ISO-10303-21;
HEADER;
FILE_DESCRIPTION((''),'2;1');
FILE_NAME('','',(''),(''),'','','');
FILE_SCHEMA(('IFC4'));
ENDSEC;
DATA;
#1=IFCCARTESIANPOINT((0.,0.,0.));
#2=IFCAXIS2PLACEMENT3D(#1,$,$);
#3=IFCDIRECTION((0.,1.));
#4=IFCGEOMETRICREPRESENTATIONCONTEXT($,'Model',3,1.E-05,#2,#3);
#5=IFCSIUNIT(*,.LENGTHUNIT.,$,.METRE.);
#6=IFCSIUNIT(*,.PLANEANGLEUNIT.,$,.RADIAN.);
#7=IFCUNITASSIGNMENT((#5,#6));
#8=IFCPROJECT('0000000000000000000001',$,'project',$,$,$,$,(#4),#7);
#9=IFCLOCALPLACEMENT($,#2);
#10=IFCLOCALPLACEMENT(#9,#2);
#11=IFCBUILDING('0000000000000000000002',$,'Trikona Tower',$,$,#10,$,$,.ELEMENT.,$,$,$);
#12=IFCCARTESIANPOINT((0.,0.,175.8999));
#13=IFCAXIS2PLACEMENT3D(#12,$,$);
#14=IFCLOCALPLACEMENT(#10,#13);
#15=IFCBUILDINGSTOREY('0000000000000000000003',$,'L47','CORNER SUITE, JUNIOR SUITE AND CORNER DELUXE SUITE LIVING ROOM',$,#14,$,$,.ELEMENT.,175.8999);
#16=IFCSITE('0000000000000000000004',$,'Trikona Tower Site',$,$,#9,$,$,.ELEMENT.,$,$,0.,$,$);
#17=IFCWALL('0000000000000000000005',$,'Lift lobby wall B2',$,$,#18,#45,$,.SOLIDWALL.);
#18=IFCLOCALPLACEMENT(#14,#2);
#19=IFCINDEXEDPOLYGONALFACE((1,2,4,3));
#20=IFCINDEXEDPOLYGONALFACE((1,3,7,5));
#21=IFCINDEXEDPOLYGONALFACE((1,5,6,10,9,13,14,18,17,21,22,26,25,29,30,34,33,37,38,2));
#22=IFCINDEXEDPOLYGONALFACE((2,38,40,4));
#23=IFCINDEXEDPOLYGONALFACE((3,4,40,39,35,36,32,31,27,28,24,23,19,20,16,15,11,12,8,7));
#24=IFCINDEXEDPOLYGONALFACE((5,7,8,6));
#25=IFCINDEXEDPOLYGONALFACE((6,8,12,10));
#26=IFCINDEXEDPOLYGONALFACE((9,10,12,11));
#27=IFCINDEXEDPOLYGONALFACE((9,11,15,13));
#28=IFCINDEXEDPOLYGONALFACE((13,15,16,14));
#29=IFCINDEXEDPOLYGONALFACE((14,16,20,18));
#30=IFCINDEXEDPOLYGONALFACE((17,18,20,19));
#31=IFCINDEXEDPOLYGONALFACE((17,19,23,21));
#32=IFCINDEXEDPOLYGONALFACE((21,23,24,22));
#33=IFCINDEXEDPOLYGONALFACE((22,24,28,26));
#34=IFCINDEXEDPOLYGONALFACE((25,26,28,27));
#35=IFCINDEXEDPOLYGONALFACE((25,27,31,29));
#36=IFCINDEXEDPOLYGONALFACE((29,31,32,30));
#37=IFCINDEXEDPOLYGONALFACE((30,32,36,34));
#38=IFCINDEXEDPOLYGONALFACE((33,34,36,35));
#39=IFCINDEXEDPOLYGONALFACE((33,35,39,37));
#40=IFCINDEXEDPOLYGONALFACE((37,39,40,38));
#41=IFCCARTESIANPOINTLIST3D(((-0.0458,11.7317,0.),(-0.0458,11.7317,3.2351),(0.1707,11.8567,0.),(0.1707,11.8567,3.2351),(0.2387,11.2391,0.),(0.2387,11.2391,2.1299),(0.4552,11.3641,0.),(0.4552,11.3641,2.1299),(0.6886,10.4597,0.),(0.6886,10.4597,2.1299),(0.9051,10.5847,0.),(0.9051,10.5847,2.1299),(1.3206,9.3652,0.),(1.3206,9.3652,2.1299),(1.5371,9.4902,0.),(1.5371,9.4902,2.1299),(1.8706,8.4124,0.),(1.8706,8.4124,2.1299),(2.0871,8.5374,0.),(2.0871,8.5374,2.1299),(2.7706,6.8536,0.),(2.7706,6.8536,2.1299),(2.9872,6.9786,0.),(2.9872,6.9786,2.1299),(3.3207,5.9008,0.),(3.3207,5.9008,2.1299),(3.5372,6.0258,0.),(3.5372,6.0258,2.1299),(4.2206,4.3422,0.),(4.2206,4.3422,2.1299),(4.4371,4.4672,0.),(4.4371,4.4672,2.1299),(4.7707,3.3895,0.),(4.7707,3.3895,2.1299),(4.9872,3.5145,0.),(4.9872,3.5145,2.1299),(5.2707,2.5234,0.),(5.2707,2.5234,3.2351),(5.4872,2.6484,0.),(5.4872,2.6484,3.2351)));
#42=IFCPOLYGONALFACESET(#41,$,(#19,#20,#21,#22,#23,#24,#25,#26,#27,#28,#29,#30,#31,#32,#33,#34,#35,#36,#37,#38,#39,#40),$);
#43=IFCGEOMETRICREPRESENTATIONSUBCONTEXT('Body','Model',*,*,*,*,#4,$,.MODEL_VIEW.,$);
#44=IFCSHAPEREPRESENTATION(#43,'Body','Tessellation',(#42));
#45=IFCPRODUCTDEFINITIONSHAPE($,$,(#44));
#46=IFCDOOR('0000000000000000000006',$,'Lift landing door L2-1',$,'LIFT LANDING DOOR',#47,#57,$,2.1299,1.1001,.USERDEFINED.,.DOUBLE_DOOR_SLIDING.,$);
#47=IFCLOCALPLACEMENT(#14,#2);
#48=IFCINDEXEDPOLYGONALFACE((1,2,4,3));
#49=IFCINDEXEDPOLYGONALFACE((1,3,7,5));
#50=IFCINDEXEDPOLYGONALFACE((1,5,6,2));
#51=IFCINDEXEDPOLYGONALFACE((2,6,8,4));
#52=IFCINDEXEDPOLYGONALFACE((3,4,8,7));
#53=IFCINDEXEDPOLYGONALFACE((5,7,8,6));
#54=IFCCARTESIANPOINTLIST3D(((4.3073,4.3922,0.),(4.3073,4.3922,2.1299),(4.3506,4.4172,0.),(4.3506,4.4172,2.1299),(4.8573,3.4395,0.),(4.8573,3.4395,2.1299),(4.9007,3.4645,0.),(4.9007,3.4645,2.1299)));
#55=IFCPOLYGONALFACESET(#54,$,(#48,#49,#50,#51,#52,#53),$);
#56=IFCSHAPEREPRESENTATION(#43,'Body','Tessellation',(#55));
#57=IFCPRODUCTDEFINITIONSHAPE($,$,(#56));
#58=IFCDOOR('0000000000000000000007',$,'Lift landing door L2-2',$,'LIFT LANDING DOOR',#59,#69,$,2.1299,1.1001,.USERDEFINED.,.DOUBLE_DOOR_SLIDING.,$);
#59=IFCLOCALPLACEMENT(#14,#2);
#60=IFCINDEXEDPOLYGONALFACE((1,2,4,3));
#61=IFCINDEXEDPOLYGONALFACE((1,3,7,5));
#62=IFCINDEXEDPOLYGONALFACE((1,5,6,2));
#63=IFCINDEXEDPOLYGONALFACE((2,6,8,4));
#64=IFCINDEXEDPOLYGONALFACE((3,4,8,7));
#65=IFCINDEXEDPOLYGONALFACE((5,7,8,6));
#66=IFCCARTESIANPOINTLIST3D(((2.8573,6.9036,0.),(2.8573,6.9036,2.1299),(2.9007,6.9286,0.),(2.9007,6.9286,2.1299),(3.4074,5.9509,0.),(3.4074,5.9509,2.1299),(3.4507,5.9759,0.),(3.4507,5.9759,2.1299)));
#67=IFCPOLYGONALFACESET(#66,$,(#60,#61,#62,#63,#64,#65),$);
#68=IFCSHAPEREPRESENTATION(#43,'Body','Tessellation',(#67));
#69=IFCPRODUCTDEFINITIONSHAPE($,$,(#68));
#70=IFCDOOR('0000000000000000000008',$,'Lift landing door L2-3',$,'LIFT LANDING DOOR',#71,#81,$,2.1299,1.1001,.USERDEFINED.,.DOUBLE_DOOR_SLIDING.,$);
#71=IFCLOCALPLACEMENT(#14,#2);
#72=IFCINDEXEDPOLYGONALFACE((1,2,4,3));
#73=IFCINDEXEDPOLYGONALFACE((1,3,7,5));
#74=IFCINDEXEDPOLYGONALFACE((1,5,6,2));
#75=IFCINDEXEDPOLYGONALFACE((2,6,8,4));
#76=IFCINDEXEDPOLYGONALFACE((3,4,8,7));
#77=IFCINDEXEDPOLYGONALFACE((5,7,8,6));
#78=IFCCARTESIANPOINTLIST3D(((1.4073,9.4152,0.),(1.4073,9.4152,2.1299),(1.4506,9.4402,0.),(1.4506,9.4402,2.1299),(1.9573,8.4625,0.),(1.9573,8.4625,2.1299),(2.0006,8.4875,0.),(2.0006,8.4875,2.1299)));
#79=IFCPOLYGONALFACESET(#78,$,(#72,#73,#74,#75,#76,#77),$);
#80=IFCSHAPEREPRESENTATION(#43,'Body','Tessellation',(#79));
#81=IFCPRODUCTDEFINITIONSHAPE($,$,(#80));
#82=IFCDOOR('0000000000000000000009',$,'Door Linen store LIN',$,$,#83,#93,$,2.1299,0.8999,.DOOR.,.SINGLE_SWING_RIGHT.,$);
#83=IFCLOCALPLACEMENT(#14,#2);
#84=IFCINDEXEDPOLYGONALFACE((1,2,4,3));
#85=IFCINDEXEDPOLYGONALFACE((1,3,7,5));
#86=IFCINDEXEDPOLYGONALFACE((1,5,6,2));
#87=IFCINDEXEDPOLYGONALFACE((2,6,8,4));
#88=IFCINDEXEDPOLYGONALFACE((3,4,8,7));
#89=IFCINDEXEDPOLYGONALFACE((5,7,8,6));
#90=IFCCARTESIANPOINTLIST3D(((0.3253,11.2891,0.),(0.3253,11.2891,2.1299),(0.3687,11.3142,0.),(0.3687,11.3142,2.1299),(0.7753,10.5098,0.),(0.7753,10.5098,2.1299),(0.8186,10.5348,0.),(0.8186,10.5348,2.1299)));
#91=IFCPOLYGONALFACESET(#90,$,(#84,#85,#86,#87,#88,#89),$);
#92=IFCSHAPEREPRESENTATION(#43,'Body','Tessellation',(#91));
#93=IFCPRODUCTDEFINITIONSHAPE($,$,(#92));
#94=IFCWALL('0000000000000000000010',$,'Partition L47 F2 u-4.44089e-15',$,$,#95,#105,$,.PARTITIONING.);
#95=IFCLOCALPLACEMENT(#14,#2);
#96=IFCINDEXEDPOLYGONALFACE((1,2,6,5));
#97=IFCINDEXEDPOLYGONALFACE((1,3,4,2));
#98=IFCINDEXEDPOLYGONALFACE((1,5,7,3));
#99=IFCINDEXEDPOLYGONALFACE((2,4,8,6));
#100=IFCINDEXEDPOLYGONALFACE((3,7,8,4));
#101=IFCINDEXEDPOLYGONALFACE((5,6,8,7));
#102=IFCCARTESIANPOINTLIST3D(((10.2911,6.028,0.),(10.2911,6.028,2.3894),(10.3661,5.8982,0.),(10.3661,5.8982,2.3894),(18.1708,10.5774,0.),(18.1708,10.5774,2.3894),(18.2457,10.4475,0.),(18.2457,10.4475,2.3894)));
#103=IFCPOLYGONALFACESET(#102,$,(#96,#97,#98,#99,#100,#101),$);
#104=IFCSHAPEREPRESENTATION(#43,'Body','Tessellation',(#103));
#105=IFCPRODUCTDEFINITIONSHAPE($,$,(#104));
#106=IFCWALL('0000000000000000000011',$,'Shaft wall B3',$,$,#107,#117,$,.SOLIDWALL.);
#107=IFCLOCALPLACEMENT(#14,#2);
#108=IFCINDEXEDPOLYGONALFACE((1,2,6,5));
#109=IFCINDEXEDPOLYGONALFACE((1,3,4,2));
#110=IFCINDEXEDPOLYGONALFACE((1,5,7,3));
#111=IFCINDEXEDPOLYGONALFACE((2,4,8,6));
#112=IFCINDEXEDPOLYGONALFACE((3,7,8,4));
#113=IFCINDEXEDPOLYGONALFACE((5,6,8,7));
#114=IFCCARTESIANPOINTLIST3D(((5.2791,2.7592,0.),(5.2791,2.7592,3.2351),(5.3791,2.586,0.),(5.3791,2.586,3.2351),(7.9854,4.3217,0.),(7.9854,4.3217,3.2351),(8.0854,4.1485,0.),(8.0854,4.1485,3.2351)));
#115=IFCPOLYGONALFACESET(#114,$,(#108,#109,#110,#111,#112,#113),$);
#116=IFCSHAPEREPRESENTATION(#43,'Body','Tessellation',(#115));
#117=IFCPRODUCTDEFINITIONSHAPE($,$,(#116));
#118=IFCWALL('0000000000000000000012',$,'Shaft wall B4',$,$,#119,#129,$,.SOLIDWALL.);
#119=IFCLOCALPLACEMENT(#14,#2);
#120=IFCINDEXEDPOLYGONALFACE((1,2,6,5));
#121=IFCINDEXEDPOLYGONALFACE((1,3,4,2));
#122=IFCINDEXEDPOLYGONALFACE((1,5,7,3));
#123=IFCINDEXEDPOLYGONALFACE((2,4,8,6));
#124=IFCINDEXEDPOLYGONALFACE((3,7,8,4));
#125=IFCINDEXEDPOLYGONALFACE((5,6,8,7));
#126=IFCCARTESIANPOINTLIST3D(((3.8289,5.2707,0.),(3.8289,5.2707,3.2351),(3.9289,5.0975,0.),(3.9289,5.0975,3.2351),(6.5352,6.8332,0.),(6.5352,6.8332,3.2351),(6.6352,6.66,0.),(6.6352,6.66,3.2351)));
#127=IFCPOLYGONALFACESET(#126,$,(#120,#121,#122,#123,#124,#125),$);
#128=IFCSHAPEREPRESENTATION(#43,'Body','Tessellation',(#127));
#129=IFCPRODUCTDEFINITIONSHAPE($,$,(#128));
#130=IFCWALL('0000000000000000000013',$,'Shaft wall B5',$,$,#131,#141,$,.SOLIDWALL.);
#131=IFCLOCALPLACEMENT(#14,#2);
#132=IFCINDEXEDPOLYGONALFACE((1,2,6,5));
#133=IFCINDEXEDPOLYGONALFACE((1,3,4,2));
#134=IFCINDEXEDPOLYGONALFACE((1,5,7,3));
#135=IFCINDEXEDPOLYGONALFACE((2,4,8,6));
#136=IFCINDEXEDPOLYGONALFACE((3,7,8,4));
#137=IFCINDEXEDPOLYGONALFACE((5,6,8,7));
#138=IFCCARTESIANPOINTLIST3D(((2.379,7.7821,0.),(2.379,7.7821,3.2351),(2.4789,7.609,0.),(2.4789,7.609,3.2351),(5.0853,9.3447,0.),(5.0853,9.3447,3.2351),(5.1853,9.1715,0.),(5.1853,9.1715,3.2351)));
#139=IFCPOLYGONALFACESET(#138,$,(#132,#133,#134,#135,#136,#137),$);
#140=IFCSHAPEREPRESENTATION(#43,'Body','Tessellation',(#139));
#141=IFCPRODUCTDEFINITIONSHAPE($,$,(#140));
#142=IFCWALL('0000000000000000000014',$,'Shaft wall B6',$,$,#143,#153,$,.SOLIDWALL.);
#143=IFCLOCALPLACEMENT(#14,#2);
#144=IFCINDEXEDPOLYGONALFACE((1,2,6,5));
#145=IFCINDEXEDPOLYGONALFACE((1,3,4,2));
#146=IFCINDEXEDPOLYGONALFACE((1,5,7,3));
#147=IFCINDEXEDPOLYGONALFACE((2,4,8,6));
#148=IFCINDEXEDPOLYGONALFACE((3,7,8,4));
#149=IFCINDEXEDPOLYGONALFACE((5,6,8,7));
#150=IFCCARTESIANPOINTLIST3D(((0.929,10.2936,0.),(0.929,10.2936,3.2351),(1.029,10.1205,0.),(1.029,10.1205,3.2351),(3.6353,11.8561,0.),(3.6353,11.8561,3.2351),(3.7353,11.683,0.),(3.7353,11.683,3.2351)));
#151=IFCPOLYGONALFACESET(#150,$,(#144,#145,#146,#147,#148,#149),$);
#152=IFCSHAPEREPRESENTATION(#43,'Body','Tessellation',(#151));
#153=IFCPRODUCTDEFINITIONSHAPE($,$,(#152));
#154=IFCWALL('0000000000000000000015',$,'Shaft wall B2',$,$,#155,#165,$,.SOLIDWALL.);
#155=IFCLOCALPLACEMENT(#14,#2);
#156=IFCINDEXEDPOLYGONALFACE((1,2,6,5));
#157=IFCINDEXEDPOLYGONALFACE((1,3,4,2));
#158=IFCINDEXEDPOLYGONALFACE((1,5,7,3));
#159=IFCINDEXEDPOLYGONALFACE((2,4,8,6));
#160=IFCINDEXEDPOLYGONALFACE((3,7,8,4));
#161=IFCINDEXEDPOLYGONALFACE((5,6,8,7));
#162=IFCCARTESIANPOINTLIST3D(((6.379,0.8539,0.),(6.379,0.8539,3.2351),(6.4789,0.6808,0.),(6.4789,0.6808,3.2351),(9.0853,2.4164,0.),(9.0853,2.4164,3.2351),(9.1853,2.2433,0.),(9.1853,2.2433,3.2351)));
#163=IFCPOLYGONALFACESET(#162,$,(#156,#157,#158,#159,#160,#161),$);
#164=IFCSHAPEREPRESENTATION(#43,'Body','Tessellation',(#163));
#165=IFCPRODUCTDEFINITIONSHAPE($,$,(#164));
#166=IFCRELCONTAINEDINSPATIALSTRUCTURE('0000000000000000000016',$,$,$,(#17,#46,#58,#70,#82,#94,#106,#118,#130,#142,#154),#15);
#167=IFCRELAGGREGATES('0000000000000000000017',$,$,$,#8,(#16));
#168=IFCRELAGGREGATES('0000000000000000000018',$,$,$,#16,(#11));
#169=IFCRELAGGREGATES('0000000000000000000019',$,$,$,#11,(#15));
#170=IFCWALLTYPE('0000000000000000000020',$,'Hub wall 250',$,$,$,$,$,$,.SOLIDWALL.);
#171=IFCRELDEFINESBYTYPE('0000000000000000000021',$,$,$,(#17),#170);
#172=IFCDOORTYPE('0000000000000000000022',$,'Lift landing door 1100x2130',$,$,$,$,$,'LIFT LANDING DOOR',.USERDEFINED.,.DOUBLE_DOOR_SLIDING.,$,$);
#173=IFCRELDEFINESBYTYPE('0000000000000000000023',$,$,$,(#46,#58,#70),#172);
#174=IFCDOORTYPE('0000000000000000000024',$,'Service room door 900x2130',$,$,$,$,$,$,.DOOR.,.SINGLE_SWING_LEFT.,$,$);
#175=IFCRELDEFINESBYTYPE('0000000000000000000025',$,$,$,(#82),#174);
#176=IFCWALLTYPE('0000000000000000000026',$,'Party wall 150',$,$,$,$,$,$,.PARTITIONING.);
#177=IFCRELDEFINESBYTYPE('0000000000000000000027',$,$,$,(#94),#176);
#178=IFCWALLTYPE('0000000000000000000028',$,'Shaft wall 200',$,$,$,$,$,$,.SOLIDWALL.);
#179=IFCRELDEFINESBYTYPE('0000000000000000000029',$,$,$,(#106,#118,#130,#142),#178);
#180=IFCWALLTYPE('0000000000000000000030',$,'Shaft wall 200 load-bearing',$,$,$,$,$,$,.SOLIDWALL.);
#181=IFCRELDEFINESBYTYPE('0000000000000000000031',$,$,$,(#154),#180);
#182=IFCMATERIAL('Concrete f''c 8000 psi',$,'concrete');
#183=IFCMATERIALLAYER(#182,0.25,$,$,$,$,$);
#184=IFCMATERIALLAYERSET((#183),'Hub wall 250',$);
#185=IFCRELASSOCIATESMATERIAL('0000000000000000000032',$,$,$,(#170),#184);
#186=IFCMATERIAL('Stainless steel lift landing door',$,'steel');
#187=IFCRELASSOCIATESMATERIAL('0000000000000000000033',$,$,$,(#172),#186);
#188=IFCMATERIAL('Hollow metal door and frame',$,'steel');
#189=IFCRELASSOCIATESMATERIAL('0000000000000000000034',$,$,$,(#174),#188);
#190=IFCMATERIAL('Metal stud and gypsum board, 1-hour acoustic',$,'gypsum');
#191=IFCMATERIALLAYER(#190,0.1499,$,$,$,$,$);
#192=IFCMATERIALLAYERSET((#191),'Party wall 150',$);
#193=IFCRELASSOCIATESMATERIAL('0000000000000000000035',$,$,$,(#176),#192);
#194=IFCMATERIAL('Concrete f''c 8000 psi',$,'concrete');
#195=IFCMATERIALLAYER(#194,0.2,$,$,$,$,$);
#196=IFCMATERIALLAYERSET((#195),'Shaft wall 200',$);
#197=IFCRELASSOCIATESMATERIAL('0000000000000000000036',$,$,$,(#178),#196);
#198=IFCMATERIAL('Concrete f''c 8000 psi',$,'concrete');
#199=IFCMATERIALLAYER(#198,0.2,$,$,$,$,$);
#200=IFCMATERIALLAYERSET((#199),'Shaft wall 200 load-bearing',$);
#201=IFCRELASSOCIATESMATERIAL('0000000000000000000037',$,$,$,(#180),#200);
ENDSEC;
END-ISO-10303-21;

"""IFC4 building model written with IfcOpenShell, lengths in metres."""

from ifc_helpers import new_model, si_unit, direction, frame, frame_2d, origin, place, context, subcontext, project, spatial, rectangle, extrude, material, layer, layer_set, type_object, element, fill, save


model = new_model("IFC4")

# Units and contexts
model_context = context("Model", 3, precision=1e-05, world=origin(), true_north=direction((0.0, 1.0)))
body_context = subcontext(model_context, "Body", "Model", "MODEL_VIEW")
ifc_project = project(units=[si_unit("LENGTHUNIT", "METRE"), si_unit("PLANEANGLEUNIT", "RADIAN")], contexts=[model_context])

# Site, building, storey
site_placement = place(None, origin())
site = spatial("IfcSite", under=ifc_project, at=site_placement, Name="Trikona Tower Site", CompositionType="ELEMENT", RefElevation=0.0)
building_placement = place(site_placement, origin())
building = spatial("IfcBuilding", under=site, at=building_placement, Name="Trikona Tower", CompositionType="ELEMENT")
storey_placement = place(building_placement, frame((0.0, 0.0, 175.8999)))
storey = spatial("IfcBuildingStorey", under=building, at=storey_placement, Name="L47", Description="CORNER SUITE, JUNIOR SUITE AND CORNER DELUXE SUITE LIVING ROOM", CompositionType="ELEMENT", Elevation=175.8999)

# Wall, openings, doors
ifc_material_1 = material(Name="Concrete f'c 8000 psi", Category="concrete")
ifc_layer_1 = layer(ifc_material_1, 0.25)
ifc_layer_set_1 = layer_set([ifc_layer_1], Name="Hub wall 250")
wall_type_1 = type_object("IfcWallType", Name="Hub wall 250", PredefinedType="SOLIDWALL", material=ifc_layer_set_1)
wall_1_placement = place(storey_placement, frame((5.3789, 2.5859, 0.0), z_axis=(0.0, 0.0, 1.0), x_axis=(-0.500001, 0.866025, 0.0)))
wall_1 = element("IfcWall", 1, at=wall_1_placement, inside=storey, type_object=wall_type_1, Name="Lift lobby wall B2", PredefinedType="SOLIDWALL", context=body_context, shape_type="SweptSolid", body=[
    extrude(rectangle(XDim=10.6328, YDim=0.25, at=frame_2d((5.3164, 0.0))), origin(), (0.0, 0.0, 1.0), 3.2351),
])
opening_1_placement = place(wall_1_placement, frame((9.1641, 0.0, 0.0)))
opening_1 = element("IfcOpeningElement", 2, at=opening_1_placement, cuts=wall_1, PredefinedType="OPENING", context=body_context, shape_type="SweptSolid", body=[
    extrude(rectangle(XDim=0.8999, YDim=2.1299, at=frame_2d((0.45, 1.0649))), frame((0.0, 0.135, 0.0), z_axis=(0.0, -1.0, 0.0), x_axis=(1.0, 0.0, 0.0)), (0.0, 0.0, 1.0), 0.27),
])
opening_2_placement = place(wall_1_placement, frame((1.0, 0.0, 0.0)))
opening_2 = element("IfcOpeningElement", 3, at=opening_2_placement, cuts=wall_1, PredefinedType="OPENING", context=body_context, shape_type="SweptSolid", body=[
    extrude(rectangle(XDim=1.1001, YDim=2.1299, at=frame_2d((0.55, 1.0649))), frame((0.0, 0.135, 0.0), z_axis=(0.0, -1.0, 0.0), x_axis=(1.0, 0.0, 0.0)), (0.0, 0.0, 1.0), 0.27),
])
opening_3_placement = place(wall_1_placement, frame((3.8999, 0.0, 0.0)))
opening_3 = element("IfcOpeningElement", 4, at=opening_3_placement, cuts=wall_1, PredefinedType="OPENING", context=body_context, shape_type="SweptSolid", body=[
    extrude(rectangle(XDim=1.1001, YDim=2.1299, at=frame_2d((0.55, 1.0649))), frame((0.0, 0.135, 0.0), z_axis=(0.0, -1.0, 0.0), x_axis=(1.0, 0.0, 0.0)), (0.0, 0.0, 1.0), 0.27),
])
opening_4_placement = place(wall_1_placement, frame((6.8, 0.0, 0.0)))
opening_4 = element("IfcOpeningElement", 5, at=opening_4_placement, cuts=wall_1, PredefinedType="OPENING", context=body_context, shape_type="SweptSolid", body=[
    extrude(rectangle(XDim=1.1001, YDim=2.1299, at=frame_2d((0.55, 1.0649))), frame((0.0, 0.135, 0.0), z_axis=(0.0, -1.0, 0.0), x_axis=(1.0, 0.0, 0.0)), (0.0, 0.0, 1.0), 0.27),
])
ifc_material_2 = material(Name="Stainless steel lift landing door", Category="steel")
door_type_1 = type_object("IfcDoorType", Name="Lift landing door 1100x2130", ElementType="LIFT LANDING DOOR", OperationType="DOUBLE_DOOR_SLIDING", PredefinedType="USERDEFINED", material=ifc_material_2)
door_1_placement = place(opening_2_placement, origin())
door_1 = element("IfcDoor", 6, at=door_1_placement, inside=storey, type_object=door_type_1, Name="Lift landing door L2-1", ObjectType="LIFT LANDING DOOR", OperationType="DOUBLE_DOOR_SLIDING", OverallHeight=2.1299, OverallWidth=1.1001, PredefinedType="USERDEFINED", context=body_context, shape_type="SweptSolid", body=[
    extrude(rectangle(XDim=1.1001, YDim=2.1299, at=frame_2d((0.55, 1.0649))), frame((0.0, 0.0249, 0.0), z_axis=(0.0, -1.0, 0.0), x_axis=(1.0, 0.0, 0.0)), (0.0, 0.0, 1.0), 0.05),
])
fill(opening_2, door_1)
door_2_placement = place(opening_3_placement, origin())
door_2 = element("IfcDoor", 7, at=door_2_placement, inside=storey, type_object=door_type_1, Name="Lift landing door L2-2", ObjectType="LIFT LANDING DOOR", OperationType="DOUBLE_DOOR_SLIDING", OverallHeight=2.1299, OverallWidth=1.1001, PredefinedType="USERDEFINED", context=body_context, shape_type="SweptSolid", body=[
    extrude(rectangle(XDim=1.1001, YDim=2.1299, at=frame_2d((0.55, 1.0649))), frame((0.0, 0.0249, 0.0), z_axis=(0.0, -1.0, 0.0), x_axis=(1.0, 0.0, 0.0)), (0.0, 0.0, 1.0), 0.05),
])
fill(opening_3, door_2)
door_3_placement = place(opening_4_placement, origin())
door_3 = element("IfcDoor", 8, at=door_3_placement, inside=storey, type_object=door_type_1, Name="Lift landing door L2-3", ObjectType="LIFT LANDING DOOR", OperationType="DOUBLE_DOOR_SLIDING", OverallHeight=2.1299, OverallWidth=1.1001, PredefinedType="USERDEFINED", context=body_context, shape_type="SweptSolid", body=[
    extrude(rectangle(XDim=1.1001, YDim=2.1299, at=frame_2d((0.55, 1.0649))), frame((0.0, 0.0249, 0.0), z_axis=(0.0, -1.0, 0.0), x_axis=(1.0, 0.0, 0.0)), (0.0, 0.0, 1.0), 0.05),
])
fill(opening_4, door_3)
ifc_material_3 = material(Name="Hollow metal door and frame", Category="steel")
door_type_2 = type_object("IfcDoorType", Name="Service room door 900x2130", OperationType="SINGLE_SWING_LEFT", PredefinedType="DOOR", material=ifc_material_3)
door_4_placement = place(opening_1_placement, origin())
door_4 = element("IfcDoor", 9, at=door_4_placement, inside=storey, type_object=door_type_2, Name="Door Linen store LIN", OperationType="SINGLE_SWING_RIGHT", OverallHeight=2.1299, OverallWidth=0.8999, PredefinedType="DOOR", context=body_context, shape_type="SweptSolid", body=[
    extrude(rectangle(XDim=0.8999, YDim=2.1299, at=frame_2d((0.45, 1.0649))), frame((0.0, 0.0249, 0.0), z_axis=(0.0, -1.0, 0.0), x_axis=(1.0, 0.0, 0.0)), (0.0, 0.0, 1.0), 0.05),
])
fill(opening_1, door_4)

# Walls
ifc_material_4 = material(Name="Metal stud and gypsum board, 1-hour acoustic", Category="gypsum")
ifc_layer_2 = layer(ifc_material_4, 0.1499)
ifc_layer_set_2 = layer_set([ifc_layer_2], Name="Party wall 150")
wall_type_2 = type_object("IfcWallType", Name="Party wall 150", PredefinedType="PARTITIONING", material=ifc_layer_set_2)
wall_2_placement = place(storey_placement, frame((10.3286, 5.9631, 0.0), z_axis=(0.0, 0.0, 1.0), x_axis=(0.866025, 0.5, 0.0)))
element("IfcWall", 10, at=wall_2_placement, inside=storey, type_object=wall_type_2, Name="Partition L47 F2 u-4.44089e-15", PredefinedType="PARTITIONING", context=body_context, shape_type="SweptSolid", body=[
    extrude(rectangle(XDim=9.0986, YDim=0.1499, at=frame_2d((4.5493, 0.0))), origin(), (0.0, 0.0, 1.0), 2.3894),
])
ifc_material_5 = material(Name="Concrete f'c 8000 psi", Category="concrete")
ifc_layer_3 = layer(ifc_material_5, 0.2)
ifc_layer_set_3 = layer_set([ifc_layer_3], Name="Shaft wall 200")
wall_type_3 = type_object("IfcWallType", Name="Shaft wall 200", PredefinedType="SOLIDWALL", material=ifc_layer_set_3)
for number, where, z_axis, x_axis, name in (
    (11, (5.3291, 2.6726, 0.0), (0.0, 0.0, 1.0), (0.866023, 0.500004, 0.0), "Shaft wall B3"),
    (12, (3.8789, 5.1841, 0.0), (0.0, 0.0, 1.0), (0.866023, 0.500004, 0.0), "Shaft wall B4"),
    (13, (2.429, 7.6956, 0.0), (0.0, 0.0, 1.0), (0.866023, 0.500004, 0.0), "Shaft wall B5"),
    (14, (0.979, 10.207, 0.0), (0.0, 0.0, 1.0), (0.866023, 0.500004, 0.0), "Shaft wall B6"),
):
    element("IfcWall", number, at=place(storey_placement, frame(where, z_axis=z_axis, x_axis=x_axis)), inside=storey, type_object=wall_type_3, Name=name, PredefinedType="SOLIDWALL", context=body_context, shape_type="SweptSolid", body=[
        extrude(rectangle(XDim=3.125, YDim=0.2, at=frame_2d((1.5625, 0.0))), origin(), (0.0, 0.0, 1.0), 3.2351),
    ])
ifc_material_6 = material(Name="Concrete f'c 8000 psi", Category="concrete")
ifc_layer_4 = layer(ifc_material_6, 0.2)
ifc_layer_set_4 = layer_set([ifc_layer_4], Name="Shaft wall 200 load-bearing")
wall_type_4 = type_object("IfcWallType", Name="Shaft wall 200 load-bearing", PredefinedType="SOLIDWALL", material=ifc_layer_set_4)
wall_3_placement = place(storey_placement, frame((6.429, 0.7673, 0.0), z_axis=(0.0, 0.0, 1.0), x_axis=(0.866023, 0.500004, 0.0)))
element("IfcWall", 15, at=wall_3_placement, inside=storey, type_object=wall_type_4, Name="Shaft wall B2", PredefinedType="SOLIDWALL", context=body_context, shape_type="SweptSolid", body=[
    extrude(rectangle(XDim=3.125, YDim=0.2, at=frame_2d((1.5625, 0.0))), origin(), (0.0, 0.0, 1.0), 3.2351),
])

save(model, "model.ifc")
